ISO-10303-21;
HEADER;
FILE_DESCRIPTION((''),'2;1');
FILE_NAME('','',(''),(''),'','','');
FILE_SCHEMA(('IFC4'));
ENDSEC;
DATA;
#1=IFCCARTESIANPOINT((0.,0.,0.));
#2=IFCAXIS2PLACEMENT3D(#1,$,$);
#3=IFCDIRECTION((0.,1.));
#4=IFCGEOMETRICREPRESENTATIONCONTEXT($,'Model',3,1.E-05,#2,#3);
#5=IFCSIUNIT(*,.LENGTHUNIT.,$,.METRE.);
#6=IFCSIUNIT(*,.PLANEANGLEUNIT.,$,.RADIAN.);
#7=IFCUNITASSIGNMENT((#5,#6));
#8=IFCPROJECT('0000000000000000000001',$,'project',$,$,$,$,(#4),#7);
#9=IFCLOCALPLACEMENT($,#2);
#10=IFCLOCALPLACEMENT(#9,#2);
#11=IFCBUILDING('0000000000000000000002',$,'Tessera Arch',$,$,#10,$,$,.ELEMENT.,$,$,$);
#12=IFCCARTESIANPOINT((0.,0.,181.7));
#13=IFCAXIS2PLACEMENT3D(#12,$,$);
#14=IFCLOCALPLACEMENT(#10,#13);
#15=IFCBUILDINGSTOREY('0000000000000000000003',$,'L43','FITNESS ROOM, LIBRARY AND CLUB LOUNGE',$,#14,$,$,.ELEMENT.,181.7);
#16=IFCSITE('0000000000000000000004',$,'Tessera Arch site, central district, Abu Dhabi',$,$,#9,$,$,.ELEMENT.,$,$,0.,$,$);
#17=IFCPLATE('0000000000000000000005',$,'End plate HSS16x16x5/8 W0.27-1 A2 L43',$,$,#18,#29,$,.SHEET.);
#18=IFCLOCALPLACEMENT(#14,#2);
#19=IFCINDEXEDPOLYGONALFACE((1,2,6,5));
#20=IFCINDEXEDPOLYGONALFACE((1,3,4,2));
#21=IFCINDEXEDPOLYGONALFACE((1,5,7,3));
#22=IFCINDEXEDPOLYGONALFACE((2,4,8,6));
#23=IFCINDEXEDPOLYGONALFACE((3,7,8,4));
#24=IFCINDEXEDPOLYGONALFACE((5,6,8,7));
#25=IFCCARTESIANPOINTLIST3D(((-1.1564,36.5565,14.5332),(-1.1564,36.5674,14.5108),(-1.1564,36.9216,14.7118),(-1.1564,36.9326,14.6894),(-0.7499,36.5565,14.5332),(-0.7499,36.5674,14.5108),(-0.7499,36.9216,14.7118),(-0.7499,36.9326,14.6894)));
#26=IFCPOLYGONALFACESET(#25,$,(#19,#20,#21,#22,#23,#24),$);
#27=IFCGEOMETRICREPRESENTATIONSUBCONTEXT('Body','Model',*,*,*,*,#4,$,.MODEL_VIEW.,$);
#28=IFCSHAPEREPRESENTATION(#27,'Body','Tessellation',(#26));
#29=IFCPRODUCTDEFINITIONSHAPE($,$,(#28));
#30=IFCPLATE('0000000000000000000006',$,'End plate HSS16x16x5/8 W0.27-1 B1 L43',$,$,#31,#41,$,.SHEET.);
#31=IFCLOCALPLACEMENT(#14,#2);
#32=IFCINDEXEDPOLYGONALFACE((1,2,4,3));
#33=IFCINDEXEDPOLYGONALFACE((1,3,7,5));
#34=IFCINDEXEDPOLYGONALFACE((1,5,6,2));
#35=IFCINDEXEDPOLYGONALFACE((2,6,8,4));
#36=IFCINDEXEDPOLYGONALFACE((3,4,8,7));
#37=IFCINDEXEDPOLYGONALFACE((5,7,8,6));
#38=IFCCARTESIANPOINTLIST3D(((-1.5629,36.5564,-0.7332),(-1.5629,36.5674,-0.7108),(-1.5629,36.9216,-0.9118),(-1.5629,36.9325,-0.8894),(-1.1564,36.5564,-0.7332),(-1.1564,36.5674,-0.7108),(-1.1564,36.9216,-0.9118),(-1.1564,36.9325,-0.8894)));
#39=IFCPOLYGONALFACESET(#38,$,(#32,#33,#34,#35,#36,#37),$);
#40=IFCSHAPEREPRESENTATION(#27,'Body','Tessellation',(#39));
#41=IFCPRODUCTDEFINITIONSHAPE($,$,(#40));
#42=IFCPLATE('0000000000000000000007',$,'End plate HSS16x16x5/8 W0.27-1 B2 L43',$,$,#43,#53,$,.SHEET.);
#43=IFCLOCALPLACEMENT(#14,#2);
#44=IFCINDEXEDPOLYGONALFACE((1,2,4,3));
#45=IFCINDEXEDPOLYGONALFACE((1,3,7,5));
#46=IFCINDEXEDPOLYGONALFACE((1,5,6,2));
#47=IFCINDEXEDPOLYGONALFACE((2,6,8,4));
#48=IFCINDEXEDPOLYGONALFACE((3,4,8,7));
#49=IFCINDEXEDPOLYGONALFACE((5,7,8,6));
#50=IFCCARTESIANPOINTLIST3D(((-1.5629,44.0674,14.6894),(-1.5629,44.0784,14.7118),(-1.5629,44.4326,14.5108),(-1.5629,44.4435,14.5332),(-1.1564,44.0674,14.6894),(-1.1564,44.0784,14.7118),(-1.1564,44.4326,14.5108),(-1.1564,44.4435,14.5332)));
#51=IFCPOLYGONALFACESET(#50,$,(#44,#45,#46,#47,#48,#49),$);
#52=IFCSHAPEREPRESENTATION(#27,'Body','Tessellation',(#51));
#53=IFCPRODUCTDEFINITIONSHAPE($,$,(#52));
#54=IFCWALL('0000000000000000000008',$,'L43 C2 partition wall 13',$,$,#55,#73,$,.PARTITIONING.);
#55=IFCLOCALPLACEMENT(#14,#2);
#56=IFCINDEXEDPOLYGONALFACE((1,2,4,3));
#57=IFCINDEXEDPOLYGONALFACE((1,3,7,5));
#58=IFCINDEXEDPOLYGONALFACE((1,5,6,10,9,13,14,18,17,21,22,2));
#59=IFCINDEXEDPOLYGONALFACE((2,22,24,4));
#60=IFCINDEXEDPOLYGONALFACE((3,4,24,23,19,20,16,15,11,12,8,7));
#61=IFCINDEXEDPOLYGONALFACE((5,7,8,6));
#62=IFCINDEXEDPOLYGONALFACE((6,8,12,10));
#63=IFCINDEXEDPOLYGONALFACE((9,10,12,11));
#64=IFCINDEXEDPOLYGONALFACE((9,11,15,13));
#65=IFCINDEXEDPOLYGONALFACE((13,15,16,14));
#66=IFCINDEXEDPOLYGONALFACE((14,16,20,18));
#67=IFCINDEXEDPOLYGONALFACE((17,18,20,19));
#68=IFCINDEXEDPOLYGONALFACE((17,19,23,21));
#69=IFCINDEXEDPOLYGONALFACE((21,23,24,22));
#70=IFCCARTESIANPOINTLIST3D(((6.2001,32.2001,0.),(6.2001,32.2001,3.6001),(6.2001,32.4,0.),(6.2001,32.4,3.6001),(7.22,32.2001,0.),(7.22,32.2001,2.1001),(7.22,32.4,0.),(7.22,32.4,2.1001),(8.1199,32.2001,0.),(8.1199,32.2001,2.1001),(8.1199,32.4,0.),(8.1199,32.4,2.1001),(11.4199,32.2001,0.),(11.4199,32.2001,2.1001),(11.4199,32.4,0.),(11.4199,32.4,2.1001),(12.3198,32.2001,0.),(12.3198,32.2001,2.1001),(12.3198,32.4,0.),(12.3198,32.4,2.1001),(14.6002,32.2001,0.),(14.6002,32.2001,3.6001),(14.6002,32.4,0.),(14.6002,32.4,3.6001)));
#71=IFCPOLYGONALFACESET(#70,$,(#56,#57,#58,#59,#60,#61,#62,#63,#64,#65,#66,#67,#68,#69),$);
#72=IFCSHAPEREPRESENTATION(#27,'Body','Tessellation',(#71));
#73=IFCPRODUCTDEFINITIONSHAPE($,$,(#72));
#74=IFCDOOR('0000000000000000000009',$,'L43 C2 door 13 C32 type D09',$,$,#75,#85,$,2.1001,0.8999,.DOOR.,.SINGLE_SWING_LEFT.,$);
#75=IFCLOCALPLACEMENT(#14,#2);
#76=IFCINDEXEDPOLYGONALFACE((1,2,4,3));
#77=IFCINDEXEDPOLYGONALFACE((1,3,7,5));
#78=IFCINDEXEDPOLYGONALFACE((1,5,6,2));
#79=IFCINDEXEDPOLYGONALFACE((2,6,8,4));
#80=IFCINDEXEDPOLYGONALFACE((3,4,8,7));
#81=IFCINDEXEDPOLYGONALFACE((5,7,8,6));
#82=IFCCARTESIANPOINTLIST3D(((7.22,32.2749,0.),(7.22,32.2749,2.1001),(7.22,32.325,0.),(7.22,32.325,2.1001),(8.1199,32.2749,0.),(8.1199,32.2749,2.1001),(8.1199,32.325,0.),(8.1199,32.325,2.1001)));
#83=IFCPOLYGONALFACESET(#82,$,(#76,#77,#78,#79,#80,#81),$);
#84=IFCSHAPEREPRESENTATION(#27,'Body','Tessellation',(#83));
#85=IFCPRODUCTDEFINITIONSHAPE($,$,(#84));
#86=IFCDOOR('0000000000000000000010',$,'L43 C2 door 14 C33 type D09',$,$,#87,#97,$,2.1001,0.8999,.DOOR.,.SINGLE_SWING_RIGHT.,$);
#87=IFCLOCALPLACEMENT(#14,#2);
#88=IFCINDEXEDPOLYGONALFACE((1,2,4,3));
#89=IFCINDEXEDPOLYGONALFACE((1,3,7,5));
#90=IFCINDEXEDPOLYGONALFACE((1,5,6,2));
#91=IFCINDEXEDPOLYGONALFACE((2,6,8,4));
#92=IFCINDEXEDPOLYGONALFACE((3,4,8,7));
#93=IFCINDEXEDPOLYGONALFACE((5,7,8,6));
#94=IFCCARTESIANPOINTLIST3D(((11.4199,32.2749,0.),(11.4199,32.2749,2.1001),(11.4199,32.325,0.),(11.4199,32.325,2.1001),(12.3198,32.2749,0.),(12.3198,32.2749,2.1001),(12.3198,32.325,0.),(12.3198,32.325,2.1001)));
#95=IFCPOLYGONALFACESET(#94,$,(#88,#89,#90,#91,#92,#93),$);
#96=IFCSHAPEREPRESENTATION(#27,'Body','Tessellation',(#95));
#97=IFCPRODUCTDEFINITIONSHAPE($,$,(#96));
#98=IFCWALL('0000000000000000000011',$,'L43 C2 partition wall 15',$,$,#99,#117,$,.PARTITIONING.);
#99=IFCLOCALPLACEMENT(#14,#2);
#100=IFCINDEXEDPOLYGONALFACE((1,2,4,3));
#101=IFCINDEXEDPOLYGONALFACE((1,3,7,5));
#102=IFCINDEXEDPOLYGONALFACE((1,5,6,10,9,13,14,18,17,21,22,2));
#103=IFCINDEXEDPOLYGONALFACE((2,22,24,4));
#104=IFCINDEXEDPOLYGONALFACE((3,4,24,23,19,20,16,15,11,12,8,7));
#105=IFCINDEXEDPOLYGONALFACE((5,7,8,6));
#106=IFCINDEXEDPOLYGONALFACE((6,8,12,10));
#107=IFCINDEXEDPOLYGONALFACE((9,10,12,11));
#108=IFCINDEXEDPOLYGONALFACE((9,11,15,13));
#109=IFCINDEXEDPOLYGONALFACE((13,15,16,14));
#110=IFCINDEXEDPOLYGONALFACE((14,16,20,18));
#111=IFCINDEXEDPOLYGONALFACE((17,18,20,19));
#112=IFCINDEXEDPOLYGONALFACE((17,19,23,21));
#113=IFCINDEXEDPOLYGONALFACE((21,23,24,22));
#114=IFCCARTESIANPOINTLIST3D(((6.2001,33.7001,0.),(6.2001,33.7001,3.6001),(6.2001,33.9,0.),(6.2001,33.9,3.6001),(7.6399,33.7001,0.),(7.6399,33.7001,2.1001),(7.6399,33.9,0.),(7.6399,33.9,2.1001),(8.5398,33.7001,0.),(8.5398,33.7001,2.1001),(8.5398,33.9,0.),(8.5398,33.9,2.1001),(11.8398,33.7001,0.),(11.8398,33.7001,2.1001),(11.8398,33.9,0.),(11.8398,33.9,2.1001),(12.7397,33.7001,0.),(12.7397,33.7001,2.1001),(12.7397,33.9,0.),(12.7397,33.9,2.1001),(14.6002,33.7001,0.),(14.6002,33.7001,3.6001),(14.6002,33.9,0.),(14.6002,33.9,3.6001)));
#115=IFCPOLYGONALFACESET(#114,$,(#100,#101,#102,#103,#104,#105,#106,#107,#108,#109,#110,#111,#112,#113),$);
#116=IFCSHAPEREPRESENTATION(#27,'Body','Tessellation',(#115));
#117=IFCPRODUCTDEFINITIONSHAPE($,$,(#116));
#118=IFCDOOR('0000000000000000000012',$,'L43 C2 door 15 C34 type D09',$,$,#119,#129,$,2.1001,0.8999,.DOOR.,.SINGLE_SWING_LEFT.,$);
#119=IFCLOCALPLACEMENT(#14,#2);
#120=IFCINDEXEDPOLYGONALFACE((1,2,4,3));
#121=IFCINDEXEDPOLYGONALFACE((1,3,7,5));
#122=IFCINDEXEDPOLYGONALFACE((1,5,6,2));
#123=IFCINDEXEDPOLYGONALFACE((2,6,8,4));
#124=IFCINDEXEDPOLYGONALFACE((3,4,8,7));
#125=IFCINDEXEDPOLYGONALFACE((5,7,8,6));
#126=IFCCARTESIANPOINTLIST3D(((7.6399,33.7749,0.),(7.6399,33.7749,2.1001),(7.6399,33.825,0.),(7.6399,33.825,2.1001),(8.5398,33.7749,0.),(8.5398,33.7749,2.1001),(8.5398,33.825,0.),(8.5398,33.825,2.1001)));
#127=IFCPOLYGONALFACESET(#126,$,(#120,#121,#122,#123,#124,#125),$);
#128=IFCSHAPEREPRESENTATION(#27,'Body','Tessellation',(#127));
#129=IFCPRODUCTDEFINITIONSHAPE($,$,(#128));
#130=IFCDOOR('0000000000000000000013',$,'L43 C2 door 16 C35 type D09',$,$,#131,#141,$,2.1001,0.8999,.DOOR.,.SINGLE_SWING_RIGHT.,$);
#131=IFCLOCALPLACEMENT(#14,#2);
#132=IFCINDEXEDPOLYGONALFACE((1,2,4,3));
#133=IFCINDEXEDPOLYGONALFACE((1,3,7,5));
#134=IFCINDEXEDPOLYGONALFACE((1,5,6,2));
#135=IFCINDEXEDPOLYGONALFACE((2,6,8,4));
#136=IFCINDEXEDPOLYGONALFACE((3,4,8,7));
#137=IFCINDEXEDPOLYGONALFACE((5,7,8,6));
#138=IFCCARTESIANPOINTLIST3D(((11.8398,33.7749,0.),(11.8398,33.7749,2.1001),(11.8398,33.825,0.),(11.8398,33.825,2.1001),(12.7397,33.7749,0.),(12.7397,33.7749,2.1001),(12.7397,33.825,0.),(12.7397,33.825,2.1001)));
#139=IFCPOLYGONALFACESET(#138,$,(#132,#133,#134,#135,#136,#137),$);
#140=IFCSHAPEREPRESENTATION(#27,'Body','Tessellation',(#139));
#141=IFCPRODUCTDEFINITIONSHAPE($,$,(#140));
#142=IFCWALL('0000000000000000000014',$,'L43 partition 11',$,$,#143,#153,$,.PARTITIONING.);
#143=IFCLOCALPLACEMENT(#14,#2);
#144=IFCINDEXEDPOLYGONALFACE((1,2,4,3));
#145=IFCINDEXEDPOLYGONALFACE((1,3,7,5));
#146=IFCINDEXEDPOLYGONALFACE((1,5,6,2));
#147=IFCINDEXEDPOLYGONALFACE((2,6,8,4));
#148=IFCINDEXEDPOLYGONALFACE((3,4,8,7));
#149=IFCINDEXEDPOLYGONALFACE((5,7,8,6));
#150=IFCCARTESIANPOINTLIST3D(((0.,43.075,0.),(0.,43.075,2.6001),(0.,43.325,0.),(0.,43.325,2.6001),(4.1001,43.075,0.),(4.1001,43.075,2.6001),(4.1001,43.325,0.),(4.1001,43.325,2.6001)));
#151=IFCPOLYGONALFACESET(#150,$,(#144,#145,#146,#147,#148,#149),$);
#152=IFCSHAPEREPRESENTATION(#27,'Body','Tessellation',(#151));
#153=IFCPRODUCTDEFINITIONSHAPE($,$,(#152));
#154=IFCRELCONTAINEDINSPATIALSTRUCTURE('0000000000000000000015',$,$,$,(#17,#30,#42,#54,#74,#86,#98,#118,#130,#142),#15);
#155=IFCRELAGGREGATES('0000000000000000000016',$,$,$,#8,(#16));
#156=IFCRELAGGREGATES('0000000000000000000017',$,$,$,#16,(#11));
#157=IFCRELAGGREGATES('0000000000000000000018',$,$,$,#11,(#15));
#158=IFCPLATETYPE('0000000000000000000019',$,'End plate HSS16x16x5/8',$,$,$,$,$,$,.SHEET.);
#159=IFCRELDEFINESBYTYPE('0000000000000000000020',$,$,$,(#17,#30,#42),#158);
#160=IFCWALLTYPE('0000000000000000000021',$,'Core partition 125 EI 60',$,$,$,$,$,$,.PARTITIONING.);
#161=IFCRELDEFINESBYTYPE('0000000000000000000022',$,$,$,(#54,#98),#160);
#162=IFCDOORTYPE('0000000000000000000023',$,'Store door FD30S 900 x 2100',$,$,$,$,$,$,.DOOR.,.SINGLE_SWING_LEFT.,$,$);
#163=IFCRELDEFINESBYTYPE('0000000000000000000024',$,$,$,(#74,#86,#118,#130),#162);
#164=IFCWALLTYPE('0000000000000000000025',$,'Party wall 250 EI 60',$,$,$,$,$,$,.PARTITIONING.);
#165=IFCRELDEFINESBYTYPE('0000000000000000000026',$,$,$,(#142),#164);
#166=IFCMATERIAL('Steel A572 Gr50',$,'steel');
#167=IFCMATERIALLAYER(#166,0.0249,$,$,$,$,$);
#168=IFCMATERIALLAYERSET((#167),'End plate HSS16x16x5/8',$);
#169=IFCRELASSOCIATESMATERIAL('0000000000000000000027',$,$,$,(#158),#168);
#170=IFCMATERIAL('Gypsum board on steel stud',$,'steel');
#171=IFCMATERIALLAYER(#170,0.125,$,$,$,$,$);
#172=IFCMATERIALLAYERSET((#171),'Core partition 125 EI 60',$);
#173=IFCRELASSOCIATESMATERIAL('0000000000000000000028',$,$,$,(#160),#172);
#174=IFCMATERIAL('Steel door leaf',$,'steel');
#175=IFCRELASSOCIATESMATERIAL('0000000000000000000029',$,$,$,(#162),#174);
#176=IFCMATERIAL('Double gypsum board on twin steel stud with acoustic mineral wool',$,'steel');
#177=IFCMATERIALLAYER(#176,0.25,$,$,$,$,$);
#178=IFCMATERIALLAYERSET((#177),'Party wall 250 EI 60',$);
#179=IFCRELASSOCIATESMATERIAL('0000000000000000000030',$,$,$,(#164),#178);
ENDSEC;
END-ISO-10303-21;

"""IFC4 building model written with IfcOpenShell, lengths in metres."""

from ifc_helpers import new_model, si_unit, direction, frame, frame_2d, origin, origin_2d, place, context, subcontext, project, spatial, rectangle, extrude, material, layer, layer_set, type_object, element, fill, save


model = new_model("IFC4")

# Units and contexts
model_context = context("Model", 3, precision=1e-05, world=origin(), true_north=direction((0.0, 1.0)))
body_context = subcontext(model_context, "Body", "Model", "MODEL_VIEW")
ifc_project = project(units=[si_unit("LENGTHUNIT", "METRE"), si_unit("PLANEANGLEUNIT", "RADIAN")], contexts=[model_context])

# Site, building, storey
site_placement = place(None, origin())
site = spatial("IfcSite", under=ifc_project, at=site_placement, Name="Tessera Arch site, central district, Abu Dhabi", CompositionType="ELEMENT", RefElevation=0.0)
building_placement = place(site_placement, origin())
building = spatial("IfcBuilding", under=site, at=building_placement, Name="Tessera Arch", CompositionType="ELEMENT")
storey_placement = place(building_placement, frame((0.0, 0.0, 181.7)))
storey = spatial("IfcBuildingStorey", under=building, at=storey_placement, Name="L43", Description="FITNESS ROOM, LIBRARY AND CLUB LOUNGE", CompositionType="ELEMENT", Elevation=181.7)

# Plates
ifc_material_1 = material(Name="Steel A572 Gr50", Category="steel")
ifc_layer_1 = layer(ifc_material_1, 0.0249)
ifc_layer_set_1 = layer_set([ifc_layer_1], Name="End plate HSS16x16x5/8")
plate_type_1 = type_object("IfcPlateType", Name="End plate HSS16x16x5/8", PredefinedType="SHEET", material=ifc_layer_set_1)
for number, where, z_axis, x_axis, name in (
    (1, (-0.9531, 36.75, 14.6001), (0.0, -0.439385, 0.898299), (1.0, 0.0, 0.0), "End plate HSS16x16x5/8 W0.27-1 A2 L43"),
    (2, (-1.3596, 36.739, -0.8225), (0.0, 0.439385, 0.898299), (-1.0, 0.0, 0.0), "End plate HSS16x16x5/8 W0.27-1 B1 L43"),
    (3, (-1.3596, 44.25, 14.6001), (0.0, 0.439385, 0.898299), (-1.0, 0.0, 0.0), "End plate HSS16x16x5/8 W0.27-1 B2 L43"),
):
    element("IfcPlate", number, at=place(storey_placement, frame(where, z_axis=z_axis, x_axis=x_axis)), inside=storey, type_object=plate_type_1, Name=name, PredefinedType="SHEET", context=body_context, shape_type="SweptSolid", body=[
        extrude(rectangle(XDim=0.4065, YDim=0.4065, at=origin_2d()), origin(), (0.0, 0.0, 1.0), 0.0249),
    ])

# Walls, openings, doors
ifc_material_2 = material(Name="Gypsum board on steel stud", Category="steel")
ifc_layer_2 = layer(ifc_material_2, 0.125)
ifc_layer_set_2 = layer_set([ifc_layer_2], Name="Core partition 125 EI 60")
wall_type_1 = type_object("IfcWallType", Name="Core partition 125 EI 60", PredefinedType="PARTITIONING", material=ifc_layer_set_2)
wall_1_placement = place(storey_placement, frame((6.2, 32.3, 0.0), z_axis=(0.0, 0.0, 1.0), x_axis=(1.0, 0.0, 0.0)))
wall_1 = element("IfcWall", 4, at=wall_1_placement, inside=storey, type_object=wall_type_1, Name="L43 C2 partition wall 13", PredefinedType="PARTITIONING", context=body_context, shape_type="SweptSolid", body=[
    extrude(rectangle(XDim=8.4001, YDim=0.2, at=frame_2d((4.2002, 0.0))), origin(), (0.0, 0.0, 1.0), 3.6001),
])
opening_1_placement = place(wall_1_placement, frame((1.02, 0.0, 0.0)))
opening_1 = element("IfcOpeningElement", 5, at=opening_1_placement, cuts=wall_1, PredefinedType="OPENING", context=body_context, shape_type="SweptSolid", body=[
    extrude(rectangle(XDim=0.8999, YDim=2.1001, at=frame_2d((0.45, 1.05))), frame((0.0, 0.1099, 0.0), z_axis=(0.0, -1.0, 0.0), x_axis=(1.0, 0.0, 0.0)), (0.0, 0.0, 1.0), 0.22),
])
opening_2_placement = place(wall_1_placement, frame((5.22, 0.0, 0.0)))
opening_2 = element("IfcOpeningElement", 6, at=opening_2_placement, cuts=wall_1, PredefinedType="OPENING", context=body_context, shape_type="SweptSolid", body=[
    extrude(rectangle(XDim=0.8999, YDim=2.1001, at=frame_2d((0.45, 1.05))), frame((0.0, 0.1099, 0.0), z_axis=(0.0, -1.0, 0.0), x_axis=(1.0, 0.0, 0.0)), (0.0, 0.0, 1.0), 0.22),
])
ifc_material_3 = material(Name="Steel door leaf", Category="steel")
door_type_1 = type_object("IfcDoorType", Name="Store door FD30S 900 x 2100", OperationType="SINGLE_SWING_LEFT", PredefinedType="DOOR", material=ifc_material_3)
door_1_placement = place(opening_1_placement, origin())
door_1 = element("IfcDoor", 7, at=door_1_placement, inside=storey, type_object=door_type_1, Name="L43 C2 door 13 C32 type D09", OperationType="SINGLE_SWING_LEFT", OverallHeight=2.1001, OverallWidth=0.8999, PredefinedType="DOOR", context=body_context, shape_type="SweptSolid", body=[
    extrude(rectangle(XDim=0.8999, YDim=2.1001, at=frame_2d((0.45, 1.05))), frame((0.0, 0.0249, 0.0), z_axis=(0.0, -1.0, 0.0), x_axis=(1.0, 0.0, 0.0)), (0.0, 0.0, 1.0), 0.05),
])
fill(opening_1, door_1)
door_2_placement = place(opening_2_placement, origin())
door_2 = element("IfcDoor", 8, at=door_2_placement, inside=storey, type_object=door_type_1, Name="L43 C2 door 14 C33 type D09", OperationType="SINGLE_SWING_RIGHT", OverallHeight=2.1001, OverallWidth=0.8999, PredefinedType="DOOR", context=body_context, shape_type="SweptSolid", body=[
    extrude(rectangle(XDim=0.8999, YDim=2.1001, at=frame_2d((0.45, 1.05))), frame((0.0, 0.0249, 0.0), z_axis=(0.0, -1.0, 0.0), x_axis=(1.0, 0.0, 0.0)), (0.0, 0.0, 1.0), 0.05),
])
fill(opening_2, door_2)
wall_2_placement = place(storey_placement, frame((6.2, 33.8, 0.0), z_axis=(0.0, 0.0, 1.0), x_axis=(1.0, 0.0, 0.0)))
wall_2 = element("IfcWall", 9, at=wall_2_placement, inside=storey, type_object=wall_type_1, Name="L43 C2 partition wall 15", PredefinedType="PARTITIONING", context=body_context, shape_type="SweptSolid", body=[
    extrude(rectangle(XDim=8.4001, YDim=0.2, at=frame_2d((4.2002, 0.0))), origin(), (0.0, 0.0, 1.0), 3.6001),
])
opening_3_placement = place(wall_2_placement, frame((1.4399, 0.0, 0.0)))
opening_3 = element("IfcOpeningElement", 10, at=opening_3_placement, cuts=wall_2, PredefinedType="OPENING", context=body_context, shape_type="SweptSolid", body=[
    extrude(rectangle(XDim=0.8999, YDim=2.1001, at=frame_2d((0.45, 1.05))), frame((0.0, 0.1099, 0.0), z_axis=(0.0, -1.0, 0.0), x_axis=(1.0, 0.0, 0.0)), (0.0, 0.0, 1.0), 0.22),
])
opening_4_placement = place(wall_2_placement, frame((5.6399, 0.0, 0.0)))
opening_4 = element("IfcOpeningElement", 11, at=opening_4_placement, cuts=wall_2, PredefinedType="OPENING", context=body_context, shape_type="SweptSolid", body=[
    extrude(rectangle(XDim=0.8999, YDim=2.1001, at=frame_2d((0.45, 1.05))), frame((0.0, 0.1099, 0.0), z_axis=(0.0, -1.0, 0.0), x_axis=(1.0, 0.0, 0.0)), (0.0, 0.0, 1.0), 0.22),
])
door_3_placement = place(opening_3_placement, origin())
door_3 = element("IfcDoor", 12, at=door_3_placement, inside=storey, type_object=door_type_1, Name="L43 C2 door 15 C34 type D09", OperationType="SINGLE_SWING_LEFT", OverallHeight=2.1001, OverallWidth=0.8999, PredefinedType="DOOR", context=body_context, shape_type="SweptSolid", body=[
    extrude(rectangle(XDim=0.8999, YDim=2.1001, at=frame_2d((0.45, 1.05))), frame((0.0, 0.0249, 0.0), z_axis=(0.0, -1.0, 0.0), x_axis=(1.0, 0.0, 0.0)), (0.0, 0.0, 1.0), 0.05),
])
fill(opening_3, door_3)
door_4_placement = place(opening_4_placement, origin())
door_4 = element("IfcDoor", 13, at=door_4_placement, inside=storey, type_object=door_type_1, Name="L43 C2 door 16 C35 type D09", OperationType="SINGLE_SWING_RIGHT", OverallHeight=2.1001, OverallWidth=0.8999, PredefinedType="DOOR", context=body_context, shape_type="SweptSolid", body=[
    extrude(rectangle(XDim=0.8999, YDim=2.1001, at=frame_2d((0.45, 1.05))), frame((0.0, 0.0249, 0.0), z_axis=(0.0, -1.0, 0.0), x_axis=(1.0, 0.0, 0.0)), (0.0, 0.0, 1.0), 0.05),
])
fill(opening_4, door_4)

# Wall
ifc_material_4 = material(Name="Double gypsum board on twin steel stud with acoustic mineral wool", Category="steel")
ifc_layer_3 = layer(ifc_material_4, 0.25)
ifc_layer_set_3 = layer_set([ifc_layer_3], Name="Party wall 250 EI 60")
wall_type_2 = type_object("IfcWallType", Name="Party wall 250 EI 60", PredefinedType="PARTITIONING", material=ifc_layer_set_3)
wall_3_placement = place(storey_placement, frame((0.0, 43.2, 0.0), z_axis=(0.0, 0.0, 1.0), x_axis=(1.0, 0.0, 0.0)))
element("IfcWall", 14, at=wall_3_placement, inside=storey, type_object=wall_type_2, Name="L43 partition 11", PredefinedType="PARTITIONING", context=body_context, shape_type="SweptSolid", body=[
    extrude(rectangle(XDim=4.1001, YDim=0.25, at=frame_2d((2.05, 0.0))), origin(), (0.0, 0.0, 1.0), 2.6001),
])

save(model, "model.ifc")
